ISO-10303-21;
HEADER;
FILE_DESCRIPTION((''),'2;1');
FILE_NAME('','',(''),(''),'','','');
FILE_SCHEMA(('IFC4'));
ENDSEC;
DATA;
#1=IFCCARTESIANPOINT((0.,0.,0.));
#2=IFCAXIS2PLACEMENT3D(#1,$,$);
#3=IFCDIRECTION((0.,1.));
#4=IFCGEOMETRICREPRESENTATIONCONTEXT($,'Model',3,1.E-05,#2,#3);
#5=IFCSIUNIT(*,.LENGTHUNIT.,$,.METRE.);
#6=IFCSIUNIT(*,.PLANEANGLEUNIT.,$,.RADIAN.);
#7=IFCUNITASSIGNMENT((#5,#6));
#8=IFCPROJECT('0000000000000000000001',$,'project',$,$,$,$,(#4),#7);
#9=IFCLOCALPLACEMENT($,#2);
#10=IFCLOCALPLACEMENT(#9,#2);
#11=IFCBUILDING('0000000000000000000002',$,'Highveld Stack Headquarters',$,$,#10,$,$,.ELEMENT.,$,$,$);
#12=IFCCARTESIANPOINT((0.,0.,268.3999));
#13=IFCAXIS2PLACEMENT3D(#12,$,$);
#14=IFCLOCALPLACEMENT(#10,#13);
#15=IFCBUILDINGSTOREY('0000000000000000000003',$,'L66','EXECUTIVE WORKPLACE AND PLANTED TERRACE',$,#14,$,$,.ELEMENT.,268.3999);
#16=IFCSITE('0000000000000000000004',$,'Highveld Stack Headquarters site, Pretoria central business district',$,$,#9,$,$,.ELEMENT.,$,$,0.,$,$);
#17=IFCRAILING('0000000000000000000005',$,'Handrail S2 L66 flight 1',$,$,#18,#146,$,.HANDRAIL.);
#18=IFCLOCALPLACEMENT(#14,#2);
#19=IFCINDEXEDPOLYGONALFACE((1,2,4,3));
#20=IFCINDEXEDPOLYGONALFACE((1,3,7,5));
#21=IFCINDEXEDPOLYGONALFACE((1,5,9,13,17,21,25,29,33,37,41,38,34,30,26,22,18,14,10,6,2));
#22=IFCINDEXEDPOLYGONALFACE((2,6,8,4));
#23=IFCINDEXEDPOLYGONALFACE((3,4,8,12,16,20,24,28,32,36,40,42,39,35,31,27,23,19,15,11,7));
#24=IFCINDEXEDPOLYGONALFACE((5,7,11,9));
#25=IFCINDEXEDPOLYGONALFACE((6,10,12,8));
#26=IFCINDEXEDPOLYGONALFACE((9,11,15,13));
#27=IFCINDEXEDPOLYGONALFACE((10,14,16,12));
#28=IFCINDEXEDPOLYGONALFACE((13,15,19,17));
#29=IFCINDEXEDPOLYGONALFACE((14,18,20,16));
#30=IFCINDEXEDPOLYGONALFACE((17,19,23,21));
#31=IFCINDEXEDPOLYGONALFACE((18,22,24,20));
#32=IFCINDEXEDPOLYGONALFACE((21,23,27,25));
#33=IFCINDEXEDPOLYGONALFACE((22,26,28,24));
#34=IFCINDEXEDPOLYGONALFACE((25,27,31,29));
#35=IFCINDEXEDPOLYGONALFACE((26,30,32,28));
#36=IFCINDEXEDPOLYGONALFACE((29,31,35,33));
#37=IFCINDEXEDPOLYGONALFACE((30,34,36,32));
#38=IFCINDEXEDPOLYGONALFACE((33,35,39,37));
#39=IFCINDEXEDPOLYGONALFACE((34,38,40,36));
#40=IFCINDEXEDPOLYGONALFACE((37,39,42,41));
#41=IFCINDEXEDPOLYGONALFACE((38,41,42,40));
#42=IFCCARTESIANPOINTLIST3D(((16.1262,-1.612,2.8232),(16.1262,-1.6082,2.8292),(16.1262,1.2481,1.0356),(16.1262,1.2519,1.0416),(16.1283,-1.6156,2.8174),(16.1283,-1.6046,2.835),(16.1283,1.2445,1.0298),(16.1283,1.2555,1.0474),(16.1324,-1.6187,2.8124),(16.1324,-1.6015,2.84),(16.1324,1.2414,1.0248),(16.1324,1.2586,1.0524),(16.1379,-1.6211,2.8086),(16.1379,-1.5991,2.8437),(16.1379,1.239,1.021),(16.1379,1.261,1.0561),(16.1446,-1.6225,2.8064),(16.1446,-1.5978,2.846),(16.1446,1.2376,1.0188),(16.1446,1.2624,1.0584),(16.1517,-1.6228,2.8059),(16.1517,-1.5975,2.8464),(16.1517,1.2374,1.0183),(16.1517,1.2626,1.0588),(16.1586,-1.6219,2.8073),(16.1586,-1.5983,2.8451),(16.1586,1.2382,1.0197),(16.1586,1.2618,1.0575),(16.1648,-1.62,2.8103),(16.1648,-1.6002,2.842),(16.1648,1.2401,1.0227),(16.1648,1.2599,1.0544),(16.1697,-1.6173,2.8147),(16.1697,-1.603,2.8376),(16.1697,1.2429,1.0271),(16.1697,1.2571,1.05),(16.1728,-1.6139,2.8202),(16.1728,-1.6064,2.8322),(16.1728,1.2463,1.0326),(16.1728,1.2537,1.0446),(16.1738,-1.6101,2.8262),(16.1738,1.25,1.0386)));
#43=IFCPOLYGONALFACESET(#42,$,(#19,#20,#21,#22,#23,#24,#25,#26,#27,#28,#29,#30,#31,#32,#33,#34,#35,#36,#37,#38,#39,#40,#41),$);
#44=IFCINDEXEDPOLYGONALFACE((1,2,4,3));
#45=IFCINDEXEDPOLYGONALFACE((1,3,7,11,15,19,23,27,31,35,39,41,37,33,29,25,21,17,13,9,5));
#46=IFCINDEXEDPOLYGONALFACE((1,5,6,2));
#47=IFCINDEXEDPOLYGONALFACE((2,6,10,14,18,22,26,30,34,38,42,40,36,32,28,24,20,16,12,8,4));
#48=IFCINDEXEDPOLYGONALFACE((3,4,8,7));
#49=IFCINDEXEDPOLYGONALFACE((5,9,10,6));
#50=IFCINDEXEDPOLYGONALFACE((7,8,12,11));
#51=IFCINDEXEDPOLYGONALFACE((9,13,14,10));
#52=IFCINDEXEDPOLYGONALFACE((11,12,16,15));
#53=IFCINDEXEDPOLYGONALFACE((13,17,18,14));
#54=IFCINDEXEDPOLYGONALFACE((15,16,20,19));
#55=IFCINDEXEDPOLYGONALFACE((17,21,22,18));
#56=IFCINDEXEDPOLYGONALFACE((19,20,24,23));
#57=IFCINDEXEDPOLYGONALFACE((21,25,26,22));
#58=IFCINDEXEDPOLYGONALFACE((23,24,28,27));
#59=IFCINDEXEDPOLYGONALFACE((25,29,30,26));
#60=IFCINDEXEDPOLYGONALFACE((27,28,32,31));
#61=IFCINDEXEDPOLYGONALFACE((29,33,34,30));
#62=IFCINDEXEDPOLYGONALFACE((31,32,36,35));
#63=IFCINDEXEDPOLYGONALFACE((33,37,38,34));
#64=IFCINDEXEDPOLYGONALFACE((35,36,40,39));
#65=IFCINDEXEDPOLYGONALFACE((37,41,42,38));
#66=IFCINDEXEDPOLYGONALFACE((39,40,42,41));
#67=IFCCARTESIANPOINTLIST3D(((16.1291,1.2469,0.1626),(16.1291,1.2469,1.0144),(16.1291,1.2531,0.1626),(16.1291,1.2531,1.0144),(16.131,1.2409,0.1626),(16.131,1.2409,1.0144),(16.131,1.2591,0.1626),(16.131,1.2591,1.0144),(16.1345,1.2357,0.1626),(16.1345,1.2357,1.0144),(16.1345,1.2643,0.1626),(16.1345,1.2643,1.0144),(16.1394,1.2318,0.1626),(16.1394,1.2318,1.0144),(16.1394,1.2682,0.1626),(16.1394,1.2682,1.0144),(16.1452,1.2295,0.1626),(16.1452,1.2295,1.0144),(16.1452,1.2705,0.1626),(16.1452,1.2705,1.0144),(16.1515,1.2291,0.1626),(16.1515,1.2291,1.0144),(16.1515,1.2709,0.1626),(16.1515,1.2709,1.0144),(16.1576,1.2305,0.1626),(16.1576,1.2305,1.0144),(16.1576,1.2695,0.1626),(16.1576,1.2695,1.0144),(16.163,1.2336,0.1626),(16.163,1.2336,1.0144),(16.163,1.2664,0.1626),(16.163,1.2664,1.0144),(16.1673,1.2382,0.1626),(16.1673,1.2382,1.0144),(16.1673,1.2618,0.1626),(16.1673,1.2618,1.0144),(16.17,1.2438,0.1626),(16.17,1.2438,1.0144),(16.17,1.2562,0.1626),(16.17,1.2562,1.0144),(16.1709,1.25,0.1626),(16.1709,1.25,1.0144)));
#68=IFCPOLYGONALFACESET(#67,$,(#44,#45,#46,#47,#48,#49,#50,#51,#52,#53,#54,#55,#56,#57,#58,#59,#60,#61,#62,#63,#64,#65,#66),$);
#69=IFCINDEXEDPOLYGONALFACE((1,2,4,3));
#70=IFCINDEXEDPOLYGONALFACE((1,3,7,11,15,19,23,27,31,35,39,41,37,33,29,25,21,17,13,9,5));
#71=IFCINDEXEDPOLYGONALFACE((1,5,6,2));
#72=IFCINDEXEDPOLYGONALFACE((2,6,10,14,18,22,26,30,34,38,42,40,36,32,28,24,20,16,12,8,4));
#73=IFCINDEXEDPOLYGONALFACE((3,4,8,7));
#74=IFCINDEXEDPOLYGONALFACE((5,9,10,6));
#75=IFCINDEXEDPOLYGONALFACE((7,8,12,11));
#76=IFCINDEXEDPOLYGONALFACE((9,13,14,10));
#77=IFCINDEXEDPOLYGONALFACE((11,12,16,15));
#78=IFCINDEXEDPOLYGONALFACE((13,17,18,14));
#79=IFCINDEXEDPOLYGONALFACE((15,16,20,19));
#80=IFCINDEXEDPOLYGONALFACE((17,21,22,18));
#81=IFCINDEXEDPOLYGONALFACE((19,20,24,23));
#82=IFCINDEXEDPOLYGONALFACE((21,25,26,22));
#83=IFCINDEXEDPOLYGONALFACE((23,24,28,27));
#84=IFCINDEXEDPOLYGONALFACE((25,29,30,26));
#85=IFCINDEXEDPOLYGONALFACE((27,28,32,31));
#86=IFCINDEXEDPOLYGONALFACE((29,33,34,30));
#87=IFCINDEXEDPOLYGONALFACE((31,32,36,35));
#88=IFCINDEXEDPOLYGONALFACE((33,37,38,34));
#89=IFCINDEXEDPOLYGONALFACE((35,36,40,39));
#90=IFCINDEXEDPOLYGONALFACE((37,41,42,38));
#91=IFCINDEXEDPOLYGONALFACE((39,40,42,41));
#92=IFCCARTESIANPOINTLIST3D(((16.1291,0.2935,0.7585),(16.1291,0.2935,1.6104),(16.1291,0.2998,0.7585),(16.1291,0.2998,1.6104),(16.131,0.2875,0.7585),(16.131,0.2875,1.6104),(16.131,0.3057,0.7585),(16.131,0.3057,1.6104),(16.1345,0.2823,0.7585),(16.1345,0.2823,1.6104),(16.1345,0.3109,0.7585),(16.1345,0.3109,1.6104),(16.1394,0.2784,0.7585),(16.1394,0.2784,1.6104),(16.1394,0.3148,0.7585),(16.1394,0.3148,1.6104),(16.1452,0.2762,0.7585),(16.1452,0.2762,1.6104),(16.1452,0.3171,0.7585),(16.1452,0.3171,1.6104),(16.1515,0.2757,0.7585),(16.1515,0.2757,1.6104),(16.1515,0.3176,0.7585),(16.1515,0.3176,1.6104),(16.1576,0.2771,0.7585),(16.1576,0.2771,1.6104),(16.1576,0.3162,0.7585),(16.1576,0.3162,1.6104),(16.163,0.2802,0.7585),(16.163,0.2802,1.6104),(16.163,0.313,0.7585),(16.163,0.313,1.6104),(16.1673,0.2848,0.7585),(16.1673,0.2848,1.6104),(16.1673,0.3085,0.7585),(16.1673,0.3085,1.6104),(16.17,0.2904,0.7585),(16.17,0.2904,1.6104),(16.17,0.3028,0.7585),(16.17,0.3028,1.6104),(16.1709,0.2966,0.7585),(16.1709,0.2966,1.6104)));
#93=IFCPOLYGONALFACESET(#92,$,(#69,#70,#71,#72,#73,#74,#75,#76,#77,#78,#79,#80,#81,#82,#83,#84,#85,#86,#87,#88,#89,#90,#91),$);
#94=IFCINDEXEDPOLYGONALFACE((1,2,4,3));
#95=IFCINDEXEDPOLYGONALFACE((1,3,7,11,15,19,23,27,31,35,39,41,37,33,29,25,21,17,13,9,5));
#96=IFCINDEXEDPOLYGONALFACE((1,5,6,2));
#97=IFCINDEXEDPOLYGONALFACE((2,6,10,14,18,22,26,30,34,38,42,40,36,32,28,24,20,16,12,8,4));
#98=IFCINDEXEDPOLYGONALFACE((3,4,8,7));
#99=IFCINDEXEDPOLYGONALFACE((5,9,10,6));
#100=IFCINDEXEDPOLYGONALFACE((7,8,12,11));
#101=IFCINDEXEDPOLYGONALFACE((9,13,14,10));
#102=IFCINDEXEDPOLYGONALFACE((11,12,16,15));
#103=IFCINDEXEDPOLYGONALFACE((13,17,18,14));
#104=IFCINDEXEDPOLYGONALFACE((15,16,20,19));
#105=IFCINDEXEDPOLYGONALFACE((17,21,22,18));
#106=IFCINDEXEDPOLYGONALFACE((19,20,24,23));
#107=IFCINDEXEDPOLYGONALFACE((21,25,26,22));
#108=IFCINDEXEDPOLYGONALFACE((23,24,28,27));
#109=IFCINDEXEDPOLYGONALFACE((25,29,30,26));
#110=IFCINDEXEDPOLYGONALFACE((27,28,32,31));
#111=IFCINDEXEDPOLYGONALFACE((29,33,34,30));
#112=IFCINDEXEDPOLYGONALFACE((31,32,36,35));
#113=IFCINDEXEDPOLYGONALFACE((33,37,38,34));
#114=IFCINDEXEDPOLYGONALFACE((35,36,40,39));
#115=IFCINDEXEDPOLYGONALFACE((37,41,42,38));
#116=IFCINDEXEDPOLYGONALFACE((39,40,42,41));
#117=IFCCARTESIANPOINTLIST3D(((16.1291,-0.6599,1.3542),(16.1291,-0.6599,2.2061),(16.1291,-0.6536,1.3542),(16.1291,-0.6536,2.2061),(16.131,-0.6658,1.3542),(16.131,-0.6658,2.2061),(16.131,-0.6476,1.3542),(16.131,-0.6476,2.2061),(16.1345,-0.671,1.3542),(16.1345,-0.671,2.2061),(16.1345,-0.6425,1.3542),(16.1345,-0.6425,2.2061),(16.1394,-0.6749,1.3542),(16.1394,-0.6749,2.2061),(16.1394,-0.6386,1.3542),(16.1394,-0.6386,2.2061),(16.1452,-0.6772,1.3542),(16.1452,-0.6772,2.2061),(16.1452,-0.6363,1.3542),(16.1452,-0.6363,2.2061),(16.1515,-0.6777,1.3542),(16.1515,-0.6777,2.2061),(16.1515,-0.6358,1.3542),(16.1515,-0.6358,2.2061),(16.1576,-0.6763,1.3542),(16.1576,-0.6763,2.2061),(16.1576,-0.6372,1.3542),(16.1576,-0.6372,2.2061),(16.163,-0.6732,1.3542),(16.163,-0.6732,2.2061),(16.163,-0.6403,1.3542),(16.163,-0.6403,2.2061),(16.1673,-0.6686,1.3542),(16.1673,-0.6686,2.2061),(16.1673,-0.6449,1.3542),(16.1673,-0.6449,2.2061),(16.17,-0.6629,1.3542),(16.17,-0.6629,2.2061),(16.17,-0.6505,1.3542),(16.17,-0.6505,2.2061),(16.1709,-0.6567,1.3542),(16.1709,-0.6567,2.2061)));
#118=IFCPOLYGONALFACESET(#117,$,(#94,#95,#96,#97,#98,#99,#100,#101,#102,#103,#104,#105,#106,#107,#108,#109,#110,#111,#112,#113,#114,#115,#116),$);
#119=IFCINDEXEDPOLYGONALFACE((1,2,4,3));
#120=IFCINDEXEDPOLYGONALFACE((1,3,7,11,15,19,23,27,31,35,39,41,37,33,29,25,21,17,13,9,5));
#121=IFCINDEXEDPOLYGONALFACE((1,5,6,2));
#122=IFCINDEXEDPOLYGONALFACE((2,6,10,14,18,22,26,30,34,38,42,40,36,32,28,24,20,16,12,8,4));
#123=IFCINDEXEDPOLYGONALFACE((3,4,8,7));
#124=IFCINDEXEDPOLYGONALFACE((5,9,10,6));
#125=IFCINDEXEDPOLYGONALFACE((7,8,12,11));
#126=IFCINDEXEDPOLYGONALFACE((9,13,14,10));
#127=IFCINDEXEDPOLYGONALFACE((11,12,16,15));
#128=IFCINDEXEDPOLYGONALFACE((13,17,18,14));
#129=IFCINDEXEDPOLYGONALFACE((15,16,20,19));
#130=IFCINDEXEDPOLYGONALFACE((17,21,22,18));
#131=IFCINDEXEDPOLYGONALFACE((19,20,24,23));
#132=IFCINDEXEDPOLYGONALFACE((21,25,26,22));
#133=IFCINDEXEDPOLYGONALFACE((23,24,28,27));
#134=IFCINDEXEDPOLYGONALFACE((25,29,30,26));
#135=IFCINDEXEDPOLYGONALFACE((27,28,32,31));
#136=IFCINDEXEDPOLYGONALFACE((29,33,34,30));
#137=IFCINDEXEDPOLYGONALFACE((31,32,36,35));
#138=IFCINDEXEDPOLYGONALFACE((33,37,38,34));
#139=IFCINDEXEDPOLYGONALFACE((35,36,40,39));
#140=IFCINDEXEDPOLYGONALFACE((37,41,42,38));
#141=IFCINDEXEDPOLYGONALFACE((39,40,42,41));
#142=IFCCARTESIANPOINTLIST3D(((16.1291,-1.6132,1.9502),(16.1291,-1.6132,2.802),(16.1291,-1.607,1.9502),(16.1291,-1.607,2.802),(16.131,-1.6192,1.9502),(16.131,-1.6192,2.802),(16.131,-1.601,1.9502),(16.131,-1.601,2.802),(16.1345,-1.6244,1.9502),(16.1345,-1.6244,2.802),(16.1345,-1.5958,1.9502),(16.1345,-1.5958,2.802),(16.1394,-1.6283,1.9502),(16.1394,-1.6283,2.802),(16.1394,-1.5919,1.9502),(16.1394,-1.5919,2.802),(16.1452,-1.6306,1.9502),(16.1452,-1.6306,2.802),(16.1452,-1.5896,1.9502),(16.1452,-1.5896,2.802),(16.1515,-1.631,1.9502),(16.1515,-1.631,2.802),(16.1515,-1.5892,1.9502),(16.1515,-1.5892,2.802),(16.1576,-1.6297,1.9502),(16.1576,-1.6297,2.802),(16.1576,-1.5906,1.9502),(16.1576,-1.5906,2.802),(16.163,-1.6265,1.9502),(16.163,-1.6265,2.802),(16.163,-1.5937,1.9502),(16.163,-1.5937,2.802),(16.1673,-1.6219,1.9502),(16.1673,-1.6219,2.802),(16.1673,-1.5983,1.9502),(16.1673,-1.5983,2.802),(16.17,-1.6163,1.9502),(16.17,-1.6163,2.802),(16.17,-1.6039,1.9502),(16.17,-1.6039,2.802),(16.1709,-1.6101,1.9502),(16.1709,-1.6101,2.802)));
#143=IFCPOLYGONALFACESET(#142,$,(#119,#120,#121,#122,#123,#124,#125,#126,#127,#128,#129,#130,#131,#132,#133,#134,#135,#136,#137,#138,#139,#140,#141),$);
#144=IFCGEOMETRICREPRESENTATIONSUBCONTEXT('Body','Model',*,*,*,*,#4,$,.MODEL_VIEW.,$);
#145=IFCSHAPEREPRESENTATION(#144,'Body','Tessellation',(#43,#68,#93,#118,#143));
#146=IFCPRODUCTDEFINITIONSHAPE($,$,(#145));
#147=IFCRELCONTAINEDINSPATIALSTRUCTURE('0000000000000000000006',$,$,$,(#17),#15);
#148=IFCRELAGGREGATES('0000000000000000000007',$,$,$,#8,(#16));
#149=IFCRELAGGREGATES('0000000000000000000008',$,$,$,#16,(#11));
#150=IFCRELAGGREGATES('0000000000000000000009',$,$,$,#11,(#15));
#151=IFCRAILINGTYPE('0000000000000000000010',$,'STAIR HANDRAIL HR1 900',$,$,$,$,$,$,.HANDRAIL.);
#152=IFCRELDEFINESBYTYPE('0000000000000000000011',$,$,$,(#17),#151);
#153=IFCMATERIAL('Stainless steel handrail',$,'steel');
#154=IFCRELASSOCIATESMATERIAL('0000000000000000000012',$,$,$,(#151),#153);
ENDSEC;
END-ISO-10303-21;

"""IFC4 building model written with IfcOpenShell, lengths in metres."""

from ifc_helpers import new_model, si_unit, direction, frame, origin, origin_2d, place, context, subcontext, project, spatial, circle, extrude, material, type_object, element, save


model = new_model("IFC4")

# Units and contexts
model_context = context("Model", 3, precision=1e-05, world=origin(), true_north=direction((0.0, 1.0)))
body_context = subcontext(model_context, "Body", "Model", "MODEL_VIEW")
ifc_project = project(units=[si_unit("LENGTHUNIT", "METRE"), si_unit("PLANEANGLEUNIT", "RADIAN")], contexts=[model_context])

# Site, building, storey
site_placement = place(None, origin())
site = spatial("IfcSite", under=ifc_project, at=site_placement, Name="Highveld Stack Headquarters site, Pretoria central business district", CompositionType="ELEMENT", RefElevation=0.0)
building_placement = place(site_placement, origin())
building = spatial("IfcBuilding", under=site, at=building_placement, Name="Highveld Stack Headquarters", CompositionType="ELEMENT")
storey_placement = place(building_placement, frame((0.0, 0.0, 268.3999)))
storey = spatial("IfcBuildingStorey", under=building, at=storey_placement, Name="L66", Description="EXECUTIVE WORKPLACE AND PLANTED TERRACE", CompositionType="ELEMENT", Elevation=268.3999)

# Railing
ifc_material_1 = material(Name="Stainless steel handrail", Category="steel")
railing_type = type_object("IfcRailingType", Name="STAIR HANDRAIL HR1 900", PredefinedType="HANDRAIL", material=ifc_material_1)
for number, where, name in (
    (1, (16.1499, 1.25, 0.1626), "Handrail S2 L66 flight 1"),
):
    element("IfcRailing", number, at=place(storey_placement, frame(where)), inside=storey, type_object=railing_type, Name=name, PredefinedType="HANDRAIL", context=body_context, shape_type="SweptSolid", body=[
        extrude(circle(Radius=0.0239, at=origin_2d()), frame((0.0, 0.0, 0.876), z_axis=(0.0, -0.847994, 0.530005), x_axis=(1.0, 0.0, 0.0)), (0.0, 0.0, 1.0), 3.3728),
        extrude(circle(Radius=0.021, at=origin_2d()), origin(), (0.0, 0.0, 1.0), 0.8518),
        extrude(circle(Radius=0.021, at=origin_2d()), frame((0.0, -0.9534, 0.5959)), (0.0, 0.0, 1.0), 0.8518),
        extrude(circle(Radius=0.021, at=origin_2d()), frame((0.0, -1.9067, 1.1917)), (0.0, 0.0, 1.0), 0.8518),
        extrude(circle(Radius=0.021, at=origin_2d()), frame((0.0, -2.8601, 1.7876)), (0.0, 0.0, 1.0), 0.8518),
    ])

save(model, "model.ifc")
